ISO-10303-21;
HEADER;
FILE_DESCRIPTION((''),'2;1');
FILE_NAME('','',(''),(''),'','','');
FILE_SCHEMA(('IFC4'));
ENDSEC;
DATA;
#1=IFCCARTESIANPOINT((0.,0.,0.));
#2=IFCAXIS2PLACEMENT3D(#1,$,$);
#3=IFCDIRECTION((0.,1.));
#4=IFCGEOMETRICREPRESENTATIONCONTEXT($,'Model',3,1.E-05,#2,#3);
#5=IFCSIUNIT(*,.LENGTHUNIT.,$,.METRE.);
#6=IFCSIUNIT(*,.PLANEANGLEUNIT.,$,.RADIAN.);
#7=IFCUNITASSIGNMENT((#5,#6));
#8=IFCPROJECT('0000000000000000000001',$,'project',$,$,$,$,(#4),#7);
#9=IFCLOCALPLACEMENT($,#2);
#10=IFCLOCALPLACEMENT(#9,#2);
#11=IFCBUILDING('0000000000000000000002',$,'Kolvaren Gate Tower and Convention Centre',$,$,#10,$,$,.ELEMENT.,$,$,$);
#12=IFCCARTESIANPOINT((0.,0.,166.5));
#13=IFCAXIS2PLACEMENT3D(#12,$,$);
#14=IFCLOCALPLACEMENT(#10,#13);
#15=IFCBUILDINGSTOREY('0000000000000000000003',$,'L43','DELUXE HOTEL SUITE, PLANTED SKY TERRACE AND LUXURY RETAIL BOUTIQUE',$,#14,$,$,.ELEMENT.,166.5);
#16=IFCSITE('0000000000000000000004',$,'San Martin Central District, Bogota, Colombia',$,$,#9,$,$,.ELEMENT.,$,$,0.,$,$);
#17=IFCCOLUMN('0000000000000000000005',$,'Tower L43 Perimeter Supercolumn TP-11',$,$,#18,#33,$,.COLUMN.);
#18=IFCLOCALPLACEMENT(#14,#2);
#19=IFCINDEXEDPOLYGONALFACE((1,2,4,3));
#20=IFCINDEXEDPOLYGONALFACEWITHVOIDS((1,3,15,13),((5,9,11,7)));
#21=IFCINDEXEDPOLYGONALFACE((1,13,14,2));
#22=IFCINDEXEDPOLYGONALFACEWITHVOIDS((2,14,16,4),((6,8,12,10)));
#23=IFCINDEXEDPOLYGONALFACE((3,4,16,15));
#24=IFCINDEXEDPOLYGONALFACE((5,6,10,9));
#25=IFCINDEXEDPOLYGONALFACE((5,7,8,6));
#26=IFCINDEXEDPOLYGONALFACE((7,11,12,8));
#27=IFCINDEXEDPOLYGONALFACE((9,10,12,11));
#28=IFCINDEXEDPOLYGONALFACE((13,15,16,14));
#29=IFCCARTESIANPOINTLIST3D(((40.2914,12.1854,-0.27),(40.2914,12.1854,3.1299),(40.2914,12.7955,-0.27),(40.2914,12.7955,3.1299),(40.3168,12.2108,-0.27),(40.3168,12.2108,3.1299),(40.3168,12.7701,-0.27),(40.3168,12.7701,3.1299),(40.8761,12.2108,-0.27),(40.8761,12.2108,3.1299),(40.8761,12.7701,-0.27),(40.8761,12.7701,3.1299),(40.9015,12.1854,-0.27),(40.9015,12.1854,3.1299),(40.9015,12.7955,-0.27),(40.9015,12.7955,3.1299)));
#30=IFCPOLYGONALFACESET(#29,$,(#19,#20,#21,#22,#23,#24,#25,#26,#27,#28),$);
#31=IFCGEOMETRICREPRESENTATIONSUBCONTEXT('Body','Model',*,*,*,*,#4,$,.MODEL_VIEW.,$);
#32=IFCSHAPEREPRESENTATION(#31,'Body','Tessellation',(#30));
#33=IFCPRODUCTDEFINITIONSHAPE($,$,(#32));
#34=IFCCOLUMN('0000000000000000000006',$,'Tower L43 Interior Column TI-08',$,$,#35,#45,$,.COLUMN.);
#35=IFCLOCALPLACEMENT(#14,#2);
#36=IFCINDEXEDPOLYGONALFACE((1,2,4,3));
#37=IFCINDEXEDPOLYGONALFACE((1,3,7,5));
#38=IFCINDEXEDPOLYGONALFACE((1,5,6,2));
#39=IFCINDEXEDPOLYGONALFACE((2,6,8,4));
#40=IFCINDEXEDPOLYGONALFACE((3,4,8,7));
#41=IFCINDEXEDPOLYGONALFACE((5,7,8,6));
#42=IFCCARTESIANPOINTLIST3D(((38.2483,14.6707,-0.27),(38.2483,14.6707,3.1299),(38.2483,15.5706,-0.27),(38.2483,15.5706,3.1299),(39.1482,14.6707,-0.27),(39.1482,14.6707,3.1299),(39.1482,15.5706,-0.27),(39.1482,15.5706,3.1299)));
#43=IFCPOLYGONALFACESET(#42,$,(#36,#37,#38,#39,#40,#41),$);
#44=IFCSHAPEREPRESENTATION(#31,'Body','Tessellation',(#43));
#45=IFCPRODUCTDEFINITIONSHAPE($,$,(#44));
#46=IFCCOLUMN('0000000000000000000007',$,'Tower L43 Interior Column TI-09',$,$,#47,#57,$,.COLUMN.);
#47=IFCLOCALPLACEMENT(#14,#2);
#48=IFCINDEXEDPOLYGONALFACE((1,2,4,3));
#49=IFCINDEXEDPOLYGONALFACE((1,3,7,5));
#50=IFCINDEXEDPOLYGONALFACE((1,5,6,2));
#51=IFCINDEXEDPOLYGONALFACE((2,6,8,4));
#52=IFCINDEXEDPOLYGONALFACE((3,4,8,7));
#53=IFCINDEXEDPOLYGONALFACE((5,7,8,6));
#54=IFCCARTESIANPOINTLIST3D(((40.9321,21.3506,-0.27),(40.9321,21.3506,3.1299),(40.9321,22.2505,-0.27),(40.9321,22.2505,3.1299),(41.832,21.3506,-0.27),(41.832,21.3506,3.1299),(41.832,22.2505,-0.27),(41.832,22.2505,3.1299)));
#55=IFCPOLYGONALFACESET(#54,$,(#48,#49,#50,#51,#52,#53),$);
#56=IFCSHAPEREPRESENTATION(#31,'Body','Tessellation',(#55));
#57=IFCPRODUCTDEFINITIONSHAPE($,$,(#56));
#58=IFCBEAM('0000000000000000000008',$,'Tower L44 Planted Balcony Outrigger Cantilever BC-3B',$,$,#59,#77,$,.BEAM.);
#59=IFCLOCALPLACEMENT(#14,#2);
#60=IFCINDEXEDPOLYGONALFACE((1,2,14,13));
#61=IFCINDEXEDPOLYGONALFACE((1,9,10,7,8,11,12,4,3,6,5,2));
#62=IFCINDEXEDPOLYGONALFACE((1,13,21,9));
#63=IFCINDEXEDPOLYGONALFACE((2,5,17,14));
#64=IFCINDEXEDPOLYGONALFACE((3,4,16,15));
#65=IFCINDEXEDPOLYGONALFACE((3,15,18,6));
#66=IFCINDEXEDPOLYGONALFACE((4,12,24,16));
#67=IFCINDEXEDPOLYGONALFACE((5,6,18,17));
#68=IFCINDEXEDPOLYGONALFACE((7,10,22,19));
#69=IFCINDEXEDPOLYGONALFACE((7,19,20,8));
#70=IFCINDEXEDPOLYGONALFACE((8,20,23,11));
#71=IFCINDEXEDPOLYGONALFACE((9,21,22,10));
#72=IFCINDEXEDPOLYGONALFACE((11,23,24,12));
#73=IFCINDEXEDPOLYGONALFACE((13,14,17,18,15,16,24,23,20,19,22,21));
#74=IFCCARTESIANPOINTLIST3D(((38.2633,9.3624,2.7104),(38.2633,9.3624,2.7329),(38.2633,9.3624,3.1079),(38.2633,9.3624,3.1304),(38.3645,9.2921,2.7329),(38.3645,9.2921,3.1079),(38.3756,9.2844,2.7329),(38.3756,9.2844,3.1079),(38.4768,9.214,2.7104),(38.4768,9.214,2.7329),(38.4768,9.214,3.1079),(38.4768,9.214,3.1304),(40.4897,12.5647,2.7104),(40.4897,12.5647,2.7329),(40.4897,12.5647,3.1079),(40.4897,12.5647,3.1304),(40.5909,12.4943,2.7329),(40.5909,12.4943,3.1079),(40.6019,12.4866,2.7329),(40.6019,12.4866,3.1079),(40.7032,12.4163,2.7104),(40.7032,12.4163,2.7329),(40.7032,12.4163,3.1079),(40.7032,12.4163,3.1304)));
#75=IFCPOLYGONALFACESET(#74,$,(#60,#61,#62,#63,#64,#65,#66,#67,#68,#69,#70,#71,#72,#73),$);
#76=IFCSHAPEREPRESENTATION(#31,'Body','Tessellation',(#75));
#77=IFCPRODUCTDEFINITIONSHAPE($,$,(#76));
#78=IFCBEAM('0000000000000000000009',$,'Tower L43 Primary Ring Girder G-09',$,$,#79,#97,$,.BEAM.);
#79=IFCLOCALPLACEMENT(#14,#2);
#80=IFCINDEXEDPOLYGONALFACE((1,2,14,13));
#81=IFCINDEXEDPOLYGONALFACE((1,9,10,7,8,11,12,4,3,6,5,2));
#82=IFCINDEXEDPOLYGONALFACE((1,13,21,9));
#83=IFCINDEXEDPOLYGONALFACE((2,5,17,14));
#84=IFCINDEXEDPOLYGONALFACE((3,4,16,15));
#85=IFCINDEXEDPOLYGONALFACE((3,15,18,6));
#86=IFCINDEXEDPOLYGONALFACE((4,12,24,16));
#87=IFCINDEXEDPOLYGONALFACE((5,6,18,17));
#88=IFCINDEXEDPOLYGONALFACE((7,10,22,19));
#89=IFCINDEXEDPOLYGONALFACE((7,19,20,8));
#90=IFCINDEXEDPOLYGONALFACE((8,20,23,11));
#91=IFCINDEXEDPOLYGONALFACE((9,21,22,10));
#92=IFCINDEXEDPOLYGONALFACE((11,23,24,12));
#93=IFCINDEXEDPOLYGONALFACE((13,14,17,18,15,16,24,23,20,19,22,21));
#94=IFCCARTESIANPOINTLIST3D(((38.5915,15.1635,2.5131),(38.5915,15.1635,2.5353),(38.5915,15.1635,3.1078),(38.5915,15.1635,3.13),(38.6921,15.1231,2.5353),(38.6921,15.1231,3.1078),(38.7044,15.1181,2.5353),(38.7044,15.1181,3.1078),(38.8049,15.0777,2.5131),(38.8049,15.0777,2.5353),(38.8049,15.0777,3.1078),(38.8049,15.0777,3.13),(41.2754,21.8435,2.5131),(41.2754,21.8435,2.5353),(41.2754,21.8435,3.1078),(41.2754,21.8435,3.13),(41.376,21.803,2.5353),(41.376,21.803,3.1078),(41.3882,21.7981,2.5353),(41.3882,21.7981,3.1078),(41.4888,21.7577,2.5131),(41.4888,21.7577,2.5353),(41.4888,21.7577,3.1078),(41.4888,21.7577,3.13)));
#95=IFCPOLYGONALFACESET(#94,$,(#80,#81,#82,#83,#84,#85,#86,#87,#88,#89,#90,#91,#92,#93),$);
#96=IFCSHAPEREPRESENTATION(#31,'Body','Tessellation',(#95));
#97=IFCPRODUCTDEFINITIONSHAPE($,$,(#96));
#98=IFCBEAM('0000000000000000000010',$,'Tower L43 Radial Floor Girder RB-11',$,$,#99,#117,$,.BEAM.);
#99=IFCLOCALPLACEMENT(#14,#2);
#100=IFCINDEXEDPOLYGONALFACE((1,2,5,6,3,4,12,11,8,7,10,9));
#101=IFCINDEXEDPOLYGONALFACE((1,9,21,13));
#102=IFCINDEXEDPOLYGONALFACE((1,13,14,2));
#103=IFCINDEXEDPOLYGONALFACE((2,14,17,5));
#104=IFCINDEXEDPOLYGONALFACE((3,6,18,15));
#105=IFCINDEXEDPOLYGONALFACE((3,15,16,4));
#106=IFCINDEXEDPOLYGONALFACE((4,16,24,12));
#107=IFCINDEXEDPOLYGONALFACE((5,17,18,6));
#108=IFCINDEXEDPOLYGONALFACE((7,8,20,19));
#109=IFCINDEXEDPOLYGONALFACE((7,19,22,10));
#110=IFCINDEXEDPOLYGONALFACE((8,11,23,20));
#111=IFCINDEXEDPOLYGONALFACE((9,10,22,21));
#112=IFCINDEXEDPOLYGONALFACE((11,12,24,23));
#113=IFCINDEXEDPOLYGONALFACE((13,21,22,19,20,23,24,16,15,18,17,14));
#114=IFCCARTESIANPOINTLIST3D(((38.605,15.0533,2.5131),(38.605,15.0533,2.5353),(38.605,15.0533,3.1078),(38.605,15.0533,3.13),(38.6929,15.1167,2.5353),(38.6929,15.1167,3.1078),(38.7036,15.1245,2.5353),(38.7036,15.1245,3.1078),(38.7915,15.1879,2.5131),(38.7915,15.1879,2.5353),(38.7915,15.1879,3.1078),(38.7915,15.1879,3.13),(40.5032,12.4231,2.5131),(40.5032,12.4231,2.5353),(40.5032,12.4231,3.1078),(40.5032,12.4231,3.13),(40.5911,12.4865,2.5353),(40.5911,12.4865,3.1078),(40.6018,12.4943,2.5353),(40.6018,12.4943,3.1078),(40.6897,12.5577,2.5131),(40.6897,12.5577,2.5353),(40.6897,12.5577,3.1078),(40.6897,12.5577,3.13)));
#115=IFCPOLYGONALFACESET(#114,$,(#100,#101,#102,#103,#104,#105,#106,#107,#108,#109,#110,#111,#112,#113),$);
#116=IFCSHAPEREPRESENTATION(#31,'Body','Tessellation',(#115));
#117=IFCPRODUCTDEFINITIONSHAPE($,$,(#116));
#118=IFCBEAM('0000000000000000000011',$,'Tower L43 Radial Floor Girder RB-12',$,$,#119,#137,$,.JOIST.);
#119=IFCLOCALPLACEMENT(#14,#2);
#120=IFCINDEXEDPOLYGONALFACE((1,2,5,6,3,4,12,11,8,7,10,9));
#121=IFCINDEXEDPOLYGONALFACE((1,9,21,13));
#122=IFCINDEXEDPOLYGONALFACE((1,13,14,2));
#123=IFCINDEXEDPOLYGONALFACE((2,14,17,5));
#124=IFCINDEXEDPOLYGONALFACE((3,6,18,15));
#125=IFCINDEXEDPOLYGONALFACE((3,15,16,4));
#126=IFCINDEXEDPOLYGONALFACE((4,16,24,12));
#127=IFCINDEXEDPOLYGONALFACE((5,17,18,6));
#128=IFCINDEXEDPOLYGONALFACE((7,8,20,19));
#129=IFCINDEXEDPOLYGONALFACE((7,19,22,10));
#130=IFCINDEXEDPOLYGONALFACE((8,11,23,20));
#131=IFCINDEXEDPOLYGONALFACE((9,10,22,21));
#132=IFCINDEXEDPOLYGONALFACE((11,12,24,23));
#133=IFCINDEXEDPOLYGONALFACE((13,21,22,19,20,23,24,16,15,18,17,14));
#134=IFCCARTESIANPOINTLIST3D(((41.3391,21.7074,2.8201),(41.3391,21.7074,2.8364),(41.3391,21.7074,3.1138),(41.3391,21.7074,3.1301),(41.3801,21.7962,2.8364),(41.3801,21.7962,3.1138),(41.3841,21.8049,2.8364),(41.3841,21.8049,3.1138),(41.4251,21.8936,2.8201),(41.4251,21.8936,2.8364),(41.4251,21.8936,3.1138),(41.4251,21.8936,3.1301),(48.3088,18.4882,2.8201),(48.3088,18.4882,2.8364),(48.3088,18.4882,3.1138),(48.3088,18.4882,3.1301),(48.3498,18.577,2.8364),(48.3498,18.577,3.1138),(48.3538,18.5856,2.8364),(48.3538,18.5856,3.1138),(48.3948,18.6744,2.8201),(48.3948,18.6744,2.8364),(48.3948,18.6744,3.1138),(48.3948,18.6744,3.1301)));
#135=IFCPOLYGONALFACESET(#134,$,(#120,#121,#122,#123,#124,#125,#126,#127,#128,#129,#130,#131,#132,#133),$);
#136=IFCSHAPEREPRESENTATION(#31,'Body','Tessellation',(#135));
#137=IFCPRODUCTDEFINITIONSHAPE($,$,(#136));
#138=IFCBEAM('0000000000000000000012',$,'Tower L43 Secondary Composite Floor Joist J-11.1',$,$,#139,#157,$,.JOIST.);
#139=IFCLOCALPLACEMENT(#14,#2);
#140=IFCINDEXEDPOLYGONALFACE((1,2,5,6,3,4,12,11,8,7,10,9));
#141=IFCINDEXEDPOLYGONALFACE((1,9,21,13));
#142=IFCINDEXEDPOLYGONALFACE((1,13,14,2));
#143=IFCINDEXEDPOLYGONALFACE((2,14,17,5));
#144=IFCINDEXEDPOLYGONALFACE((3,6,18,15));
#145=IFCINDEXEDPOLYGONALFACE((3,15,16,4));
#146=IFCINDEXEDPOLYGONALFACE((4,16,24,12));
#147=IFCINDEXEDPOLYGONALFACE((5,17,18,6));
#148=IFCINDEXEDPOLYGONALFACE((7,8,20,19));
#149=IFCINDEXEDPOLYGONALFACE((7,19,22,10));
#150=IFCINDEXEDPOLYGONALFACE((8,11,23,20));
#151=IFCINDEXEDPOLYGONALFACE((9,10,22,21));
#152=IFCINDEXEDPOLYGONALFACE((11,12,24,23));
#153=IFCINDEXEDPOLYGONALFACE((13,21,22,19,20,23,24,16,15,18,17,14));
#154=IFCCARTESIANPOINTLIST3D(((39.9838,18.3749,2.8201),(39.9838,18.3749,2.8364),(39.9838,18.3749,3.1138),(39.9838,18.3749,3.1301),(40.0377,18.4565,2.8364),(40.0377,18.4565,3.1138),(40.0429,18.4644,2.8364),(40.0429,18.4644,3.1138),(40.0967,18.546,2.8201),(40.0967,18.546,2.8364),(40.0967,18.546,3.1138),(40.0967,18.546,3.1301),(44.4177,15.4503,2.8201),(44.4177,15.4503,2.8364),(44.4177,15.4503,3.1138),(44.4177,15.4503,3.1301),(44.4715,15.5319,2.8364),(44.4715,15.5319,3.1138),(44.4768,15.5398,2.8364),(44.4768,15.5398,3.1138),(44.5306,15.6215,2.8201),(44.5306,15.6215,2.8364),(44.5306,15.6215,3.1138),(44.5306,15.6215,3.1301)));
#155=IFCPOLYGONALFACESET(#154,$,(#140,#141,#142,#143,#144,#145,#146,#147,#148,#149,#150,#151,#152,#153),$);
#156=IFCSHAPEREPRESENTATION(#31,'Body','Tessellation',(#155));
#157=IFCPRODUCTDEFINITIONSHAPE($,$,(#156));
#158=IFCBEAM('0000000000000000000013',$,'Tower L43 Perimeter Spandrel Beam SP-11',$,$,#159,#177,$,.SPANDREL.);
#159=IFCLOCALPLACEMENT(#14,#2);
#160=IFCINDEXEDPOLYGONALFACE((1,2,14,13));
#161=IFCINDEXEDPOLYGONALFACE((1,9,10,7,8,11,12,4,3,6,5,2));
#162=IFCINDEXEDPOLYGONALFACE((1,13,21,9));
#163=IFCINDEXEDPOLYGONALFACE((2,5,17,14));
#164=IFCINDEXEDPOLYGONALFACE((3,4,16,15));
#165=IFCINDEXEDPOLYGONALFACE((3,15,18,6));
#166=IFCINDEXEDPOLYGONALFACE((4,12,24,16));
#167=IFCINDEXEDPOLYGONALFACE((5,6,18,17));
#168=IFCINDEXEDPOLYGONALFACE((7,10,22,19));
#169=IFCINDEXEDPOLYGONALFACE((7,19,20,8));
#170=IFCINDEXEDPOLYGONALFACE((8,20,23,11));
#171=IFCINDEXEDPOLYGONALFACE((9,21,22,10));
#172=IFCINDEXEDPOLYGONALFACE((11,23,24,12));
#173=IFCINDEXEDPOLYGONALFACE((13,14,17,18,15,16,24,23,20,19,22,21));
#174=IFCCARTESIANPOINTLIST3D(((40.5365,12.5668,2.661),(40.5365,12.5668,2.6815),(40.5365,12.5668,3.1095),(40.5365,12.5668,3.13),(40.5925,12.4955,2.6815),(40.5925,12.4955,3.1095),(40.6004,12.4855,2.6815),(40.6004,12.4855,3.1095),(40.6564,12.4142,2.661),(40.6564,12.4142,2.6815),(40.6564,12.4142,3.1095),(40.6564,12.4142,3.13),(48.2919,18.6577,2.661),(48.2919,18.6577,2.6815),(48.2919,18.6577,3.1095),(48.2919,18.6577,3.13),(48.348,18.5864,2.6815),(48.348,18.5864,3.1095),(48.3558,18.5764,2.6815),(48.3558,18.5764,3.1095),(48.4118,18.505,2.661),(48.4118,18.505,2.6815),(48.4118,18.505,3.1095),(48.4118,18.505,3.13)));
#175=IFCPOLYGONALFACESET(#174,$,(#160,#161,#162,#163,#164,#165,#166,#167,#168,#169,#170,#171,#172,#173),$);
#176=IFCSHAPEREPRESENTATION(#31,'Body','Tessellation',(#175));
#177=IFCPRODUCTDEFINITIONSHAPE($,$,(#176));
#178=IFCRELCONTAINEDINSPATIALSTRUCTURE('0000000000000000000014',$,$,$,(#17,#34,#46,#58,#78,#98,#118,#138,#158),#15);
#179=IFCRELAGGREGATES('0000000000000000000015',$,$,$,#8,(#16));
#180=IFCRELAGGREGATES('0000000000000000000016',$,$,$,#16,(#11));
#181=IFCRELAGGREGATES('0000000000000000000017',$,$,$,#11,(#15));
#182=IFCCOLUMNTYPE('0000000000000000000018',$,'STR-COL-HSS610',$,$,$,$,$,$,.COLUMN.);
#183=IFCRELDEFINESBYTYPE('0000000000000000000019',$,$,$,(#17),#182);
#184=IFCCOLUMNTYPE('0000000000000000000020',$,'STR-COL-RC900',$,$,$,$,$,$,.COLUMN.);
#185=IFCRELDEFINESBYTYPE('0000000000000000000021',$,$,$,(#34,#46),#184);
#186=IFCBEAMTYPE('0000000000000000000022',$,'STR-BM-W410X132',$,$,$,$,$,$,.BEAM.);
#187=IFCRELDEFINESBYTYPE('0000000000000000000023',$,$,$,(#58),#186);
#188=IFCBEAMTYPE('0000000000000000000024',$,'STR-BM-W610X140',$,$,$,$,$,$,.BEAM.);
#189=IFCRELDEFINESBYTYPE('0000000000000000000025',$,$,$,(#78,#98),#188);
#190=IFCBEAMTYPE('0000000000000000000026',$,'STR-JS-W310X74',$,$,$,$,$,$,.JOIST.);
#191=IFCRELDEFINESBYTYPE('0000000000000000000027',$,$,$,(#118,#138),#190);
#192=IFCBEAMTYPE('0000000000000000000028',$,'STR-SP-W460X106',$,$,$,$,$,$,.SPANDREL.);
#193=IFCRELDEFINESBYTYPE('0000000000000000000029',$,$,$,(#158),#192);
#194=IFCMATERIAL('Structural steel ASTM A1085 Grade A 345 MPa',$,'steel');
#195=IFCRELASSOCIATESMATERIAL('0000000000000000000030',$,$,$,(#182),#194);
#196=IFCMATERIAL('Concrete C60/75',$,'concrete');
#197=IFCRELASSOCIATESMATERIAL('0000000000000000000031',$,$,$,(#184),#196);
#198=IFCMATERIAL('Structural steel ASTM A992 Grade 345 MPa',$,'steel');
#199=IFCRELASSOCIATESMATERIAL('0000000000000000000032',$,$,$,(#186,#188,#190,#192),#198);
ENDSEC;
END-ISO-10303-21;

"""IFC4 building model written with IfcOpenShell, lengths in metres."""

from ifc_helpers import new_model, si_unit, direction, frame, origin, origin_2d, place, context, subcontext, project, spatial, rectangle, hollow_rectangle, i_section, extrude, material, material_profile, profile_set, type_object, element, save


model = new_model("IFC4")

# Units and contexts
model_context = context("Model", 3, precision=1e-05, world=origin(), true_north=direction((0.0, 1.0)))
body_context = subcontext(model_context, "Body", "Model", "MODEL_VIEW")
ifc_project = project(units=[si_unit("LENGTHUNIT", "METRE"), si_unit("PLANEANGLEUNIT", "RADIAN")], contexts=[model_context])

# Site, building, storey
site_placement = place(None, origin())
site = spatial("IfcSite", under=ifc_project, at=site_placement, Name="San Martin Central District, Bogota, Colombia", CompositionType="ELEMENT", RefElevation=0.0)
building_placement = place(site_placement, origin())
building = spatial("IfcBuilding", under=site, at=building_placement, Name="Kolvaren Gate Tower and Convention Centre", CompositionType="ELEMENT")
storey_placement = place(building_placement, frame((0.0, 0.0, 166.5)))
storey = spatial("IfcBuildingStorey", under=building, at=storey_placement, Name="L43", Description="DELUXE HOTEL SUITE, PLANTED SKY TERRACE AND LUXURY RETAIL BOUTIQUE", CompositionType="ELEMENT", Elevation=166.5)

# Columns
ifc_material_1 = material(Name="Structural steel ASTM A1085 Grade A 345 MPa", Category="steel")
ifc_material_profile_1 = material_profile(ifc_material_1, hollow_rectangle(XDim=0.6101, YDim=0.6101, WallThickness=0.0254, at=origin_2d()), Name="HSS610X610X25.4")
ifc_profile_set_1 = profile_set([ifc_material_profile_1], Name="Structural steel ASTM A1085 Grade A 345 MPa")
column_type_1 = type_object("IfcColumnType", Name="STR-COL-HSS610", PredefinedType="COLUMN", material=ifc_profile_set_1)
column_placement = place(storey_placement, frame((40.5964, 12.4905, -0.27), z_axis=(0.0, 0.0, 1.0), x_axis=(1.0, 0.0, 0.0)))
element("IfcColumn", 1, at=column_placement, inside=storey, type_object=column_type_1, Name="Tower L43 Perimeter Supercolumn TP-11", PredefinedType="COLUMN", context=body_context, shape_type="SweptSolid", body=[
    extrude(hollow_rectangle(XDim=0.6101, YDim=0.6101, WallThickness=0.0254, at=origin_2d()), origin(), (0.0, 0.0, 1.0), 3.3999),
])
ifc_material_2 = material(Name="Concrete C60/75", Category="concrete")
ifc_material_profile_2 = material_profile(ifc_material_2, rectangle(XDim=0.8999, YDim=0.8999, at=origin_2d()), Name="RC-COL-900X900")
ifc_profile_set_2 = profile_set([ifc_material_profile_2], Name="Concrete C60/75")
column_type_2 = type_object("IfcColumnType", Name="STR-COL-RC900", PredefinedType="COLUMN", material=ifc_profile_set_2)
for number, where, z_axis, x_axis, name in (
    (2, (38.6982, 15.1206, -0.27), (0.0, 0.0, 1.0), (1.0, 0.0, 0.0), "Tower L43 Interior Column TI-08"),
    (3, (41.3821, 21.8005, -0.27), (0.0, 0.0, 1.0), (1.0, 0.0, 0.0), "Tower L43 Interior Column TI-09"),
):
    element("IfcColumn", number, at=place(storey_placement, frame(where, z_axis=z_axis, x_axis=x_axis)), inside=storey, type_object=column_type_2, Name=name, PredefinedType="COLUMN", context=body_context, shape_type="SweptSolid", body=[
        extrude(rectangle(XDim=0.8999, YDim=0.8999, at=origin_2d()), origin(), (0.0, 0.0, 1.0), 3.3999),
    ])

# Beams
ifc_material_3 = material(Name="Structural steel ASTM A992 Grade 345 MPa", Category="steel")
ifc_material_profile_3 = material_profile(ifc_material_3, i_section(OverallWidth=0.26, OverallDepth=0.4199, WebThickness=0.0134, FlangeThickness=0.0225, at=origin_2d()), Name="W410X132")
ifc_profile_set_3 = profile_set([ifc_material_profile_3], Name="Structural steel ASTM A992 Grade 345 MPa")
beam_type_1 = type_object("IfcBeamType", Name="STR-BM-W410X132", PredefinedType="BEAM", material=ifc_profile_set_3)
beam_1_placement = place(storey_placement, frame((40.5964, 12.4905, 2.9204), z_axis=(-0.570846, -0.821057, 0.0), x_axis=(0.821057, -0.570846, 0.0)))
element("IfcBeam", 4, at=beam_1_placement, inside=storey, type_object=beam_type_1, Name="Tower L44 Planted Balcony Outrigger Cantilever BC-3B", PredefinedType="BEAM", context=body_context, shape_type="SweptSolid", body=[
    extrude(i_section(OverallWidth=0.26, OverallDepth=0.4199, WebThickness=0.0134, FlangeThickness=0.0225, at=origin_2d()), origin(), (0.0, 0.0, 1.0), 3.9001),
])
ifc_material_profile_4 = material_profile(ifc_material_3, i_section(OverallWidth=0.23, OverallDepth=0.6169, WebThickness=0.0132, FlangeThickness=0.0222, at=origin_2d()), Name="W610X140")
ifc_profile_set_4 = profile_set([ifc_material_profile_4], Name="Structural steel ASTM A992 Grade 345 MPa")
beam_type_2 = type_object("IfcBeamType", Name="STR-BM-W610X140", PredefinedType="BEAM", material=ifc_profile_set_4)
beam_2_placement = place(storey_placement, frame((38.6982, 15.1206, 2.8215), z_axis=(0.372811, 0.927907, 0.0), x_axis=(-0.927907, 0.372811, 0.0)))
element("IfcBeam", 5, at=beam_2_placement, inside=storey, type_object=beam_type_2, Name="Tower L43 Primary Ring Girder G-09", PredefinedType="BEAM", context=body_context, shape_type="SweptSolid", body=[
    extrude(i_section(OverallWidth=0.23, OverallDepth=0.6169, WebThickness=0.0132, FlangeThickness=0.0222, at=origin_2d()), origin(), (0.0, 0.0, 1.0), 7.199),
])
beam_3_placement = place(storey_placement, frame((38.6982, 15.1206, 2.8215), z_axis=(0.585218, -0.810876, 0.0), x_axis=(0.810876, 0.585218, 0.0)))
element("IfcBeam", 6, at=beam_3_placement, inside=storey, type_object=beam_type_2, Name="Tower L43 Radial Floor Girder RB-11", PredefinedType="BEAM", context=body_context, shape_type="SweptSolid", body=[
    extrude(i_section(OverallWidth=0.23, OverallDepth=0.6169, WebThickness=0.0132, FlangeThickness=0.0222, at=origin_2d()), origin(), (0.0, 0.0, 1.0), 3.2437),
])
ifc_material_profile_5 = material_profile(ifc_material_3, i_section(OverallWidth=0.2051, OverallDepth=0.3101, WebThickness=0.0095, FlangeThickness=0.0164, at=origin_2d()), Name="W310X74")
ifc_profile_set_5 = profile_set([ifc_material_profile_5], Name="Structural steel ASTM A992 Grade 345 MPa")
beam_type_3 = type_object("IfcBeamType", Name="STR-JS-W310X74", PredefinedType="JOIST", material=ifc_profile_set_5)
beam_4_placement = place(storey_placement, frame((41.3821, 21.8005, 2.9751), z_axis=(0.907838, -0.41932, 0.0), x_axis=(0.41932, 0.907838, 0.0)))
element("IfcBeam", 7, at=beam_4_placement, inside=storey, type_object=beam_type_3, Name="Tower L43 Radial Floor Girder RB-12", PredefinedType="JOIST", context=body_context, shape_type="SweptSolid", body=[
    extrude(i_section(OverallWidth=0.2051, OverallDepth=0.3101, WebThickness=0.0095, FlangeThickness=0.0164, at=origin_2d()), origin(), (0.0, 0.0, 1.0), 7.6772),
])
beam_5_placement = place(storey_placement, frame((40.0403, 18.4604, 2.9751), z_axis=(0.834763, -0.55061, 0.0), x_axis=(0.55061, 0.834763, 0.0)))
element("IfcBeam", 8, at=beam_5_placement, inside=storey, type_object=beam_type_3, Name="Tower L43 Secondary Composite Floor Joist J-11.1", PredefinedType="JOIST", context=body_context, shape_type="SweptSolid", body=[
    extrude(i_section(OverallWidth=0.2051, OverallDepth=0.3101, WebThickness=0.0095, FlangeThickness=0.0164, at=origin_2d()), origin(), (0.0, 0.0, 1.0), 5.3115),
])
ifc_material_profile_6 = material_profile(ifc_material_3, i_section(OverallWidth=0.1941, OverallDepth=0.469, WebThickness=0.0127, FlangeThickness=0.0205, at=origin_2d()), Name="W460X106")
ifc_profile_set_6 = profile_set([ifc_material_profile_6], Name="Structural steel ASTM A992 Grade 345 MPa")
beam_type_4 = type_object("IfcBeamType", Name="STR-SP-W460X106", PredefinedType="SPANDREL", material=ifc_profile_set_6)
beam_6_placement = place(storey_placement, frame((40.5964, 12.4905, 2.8955), z_axis=(0.786451, 0.617653, 0.0), x_axis=(-0.617653, 0.786451, 0.0)))
element("IfcBeam", 9, at=beam_6_placement, inside=storey, type_object=beam_type_4, Name="Tower L43 Perimeter Spandrel Beam SP-11", PredefinedType="SPANDREL", context=body_context, shape_type="SweptSolid", body=[
    extrude(i_section(OverallWidth=0.1941, OverallDepth=0.469, WebThickness=0.0127, FlangeThickness=0.0205, at=origin_2d()), origin(), (0.0, 0.0, 1.0), 9.8613),
])

save(model, "model.ifc")
